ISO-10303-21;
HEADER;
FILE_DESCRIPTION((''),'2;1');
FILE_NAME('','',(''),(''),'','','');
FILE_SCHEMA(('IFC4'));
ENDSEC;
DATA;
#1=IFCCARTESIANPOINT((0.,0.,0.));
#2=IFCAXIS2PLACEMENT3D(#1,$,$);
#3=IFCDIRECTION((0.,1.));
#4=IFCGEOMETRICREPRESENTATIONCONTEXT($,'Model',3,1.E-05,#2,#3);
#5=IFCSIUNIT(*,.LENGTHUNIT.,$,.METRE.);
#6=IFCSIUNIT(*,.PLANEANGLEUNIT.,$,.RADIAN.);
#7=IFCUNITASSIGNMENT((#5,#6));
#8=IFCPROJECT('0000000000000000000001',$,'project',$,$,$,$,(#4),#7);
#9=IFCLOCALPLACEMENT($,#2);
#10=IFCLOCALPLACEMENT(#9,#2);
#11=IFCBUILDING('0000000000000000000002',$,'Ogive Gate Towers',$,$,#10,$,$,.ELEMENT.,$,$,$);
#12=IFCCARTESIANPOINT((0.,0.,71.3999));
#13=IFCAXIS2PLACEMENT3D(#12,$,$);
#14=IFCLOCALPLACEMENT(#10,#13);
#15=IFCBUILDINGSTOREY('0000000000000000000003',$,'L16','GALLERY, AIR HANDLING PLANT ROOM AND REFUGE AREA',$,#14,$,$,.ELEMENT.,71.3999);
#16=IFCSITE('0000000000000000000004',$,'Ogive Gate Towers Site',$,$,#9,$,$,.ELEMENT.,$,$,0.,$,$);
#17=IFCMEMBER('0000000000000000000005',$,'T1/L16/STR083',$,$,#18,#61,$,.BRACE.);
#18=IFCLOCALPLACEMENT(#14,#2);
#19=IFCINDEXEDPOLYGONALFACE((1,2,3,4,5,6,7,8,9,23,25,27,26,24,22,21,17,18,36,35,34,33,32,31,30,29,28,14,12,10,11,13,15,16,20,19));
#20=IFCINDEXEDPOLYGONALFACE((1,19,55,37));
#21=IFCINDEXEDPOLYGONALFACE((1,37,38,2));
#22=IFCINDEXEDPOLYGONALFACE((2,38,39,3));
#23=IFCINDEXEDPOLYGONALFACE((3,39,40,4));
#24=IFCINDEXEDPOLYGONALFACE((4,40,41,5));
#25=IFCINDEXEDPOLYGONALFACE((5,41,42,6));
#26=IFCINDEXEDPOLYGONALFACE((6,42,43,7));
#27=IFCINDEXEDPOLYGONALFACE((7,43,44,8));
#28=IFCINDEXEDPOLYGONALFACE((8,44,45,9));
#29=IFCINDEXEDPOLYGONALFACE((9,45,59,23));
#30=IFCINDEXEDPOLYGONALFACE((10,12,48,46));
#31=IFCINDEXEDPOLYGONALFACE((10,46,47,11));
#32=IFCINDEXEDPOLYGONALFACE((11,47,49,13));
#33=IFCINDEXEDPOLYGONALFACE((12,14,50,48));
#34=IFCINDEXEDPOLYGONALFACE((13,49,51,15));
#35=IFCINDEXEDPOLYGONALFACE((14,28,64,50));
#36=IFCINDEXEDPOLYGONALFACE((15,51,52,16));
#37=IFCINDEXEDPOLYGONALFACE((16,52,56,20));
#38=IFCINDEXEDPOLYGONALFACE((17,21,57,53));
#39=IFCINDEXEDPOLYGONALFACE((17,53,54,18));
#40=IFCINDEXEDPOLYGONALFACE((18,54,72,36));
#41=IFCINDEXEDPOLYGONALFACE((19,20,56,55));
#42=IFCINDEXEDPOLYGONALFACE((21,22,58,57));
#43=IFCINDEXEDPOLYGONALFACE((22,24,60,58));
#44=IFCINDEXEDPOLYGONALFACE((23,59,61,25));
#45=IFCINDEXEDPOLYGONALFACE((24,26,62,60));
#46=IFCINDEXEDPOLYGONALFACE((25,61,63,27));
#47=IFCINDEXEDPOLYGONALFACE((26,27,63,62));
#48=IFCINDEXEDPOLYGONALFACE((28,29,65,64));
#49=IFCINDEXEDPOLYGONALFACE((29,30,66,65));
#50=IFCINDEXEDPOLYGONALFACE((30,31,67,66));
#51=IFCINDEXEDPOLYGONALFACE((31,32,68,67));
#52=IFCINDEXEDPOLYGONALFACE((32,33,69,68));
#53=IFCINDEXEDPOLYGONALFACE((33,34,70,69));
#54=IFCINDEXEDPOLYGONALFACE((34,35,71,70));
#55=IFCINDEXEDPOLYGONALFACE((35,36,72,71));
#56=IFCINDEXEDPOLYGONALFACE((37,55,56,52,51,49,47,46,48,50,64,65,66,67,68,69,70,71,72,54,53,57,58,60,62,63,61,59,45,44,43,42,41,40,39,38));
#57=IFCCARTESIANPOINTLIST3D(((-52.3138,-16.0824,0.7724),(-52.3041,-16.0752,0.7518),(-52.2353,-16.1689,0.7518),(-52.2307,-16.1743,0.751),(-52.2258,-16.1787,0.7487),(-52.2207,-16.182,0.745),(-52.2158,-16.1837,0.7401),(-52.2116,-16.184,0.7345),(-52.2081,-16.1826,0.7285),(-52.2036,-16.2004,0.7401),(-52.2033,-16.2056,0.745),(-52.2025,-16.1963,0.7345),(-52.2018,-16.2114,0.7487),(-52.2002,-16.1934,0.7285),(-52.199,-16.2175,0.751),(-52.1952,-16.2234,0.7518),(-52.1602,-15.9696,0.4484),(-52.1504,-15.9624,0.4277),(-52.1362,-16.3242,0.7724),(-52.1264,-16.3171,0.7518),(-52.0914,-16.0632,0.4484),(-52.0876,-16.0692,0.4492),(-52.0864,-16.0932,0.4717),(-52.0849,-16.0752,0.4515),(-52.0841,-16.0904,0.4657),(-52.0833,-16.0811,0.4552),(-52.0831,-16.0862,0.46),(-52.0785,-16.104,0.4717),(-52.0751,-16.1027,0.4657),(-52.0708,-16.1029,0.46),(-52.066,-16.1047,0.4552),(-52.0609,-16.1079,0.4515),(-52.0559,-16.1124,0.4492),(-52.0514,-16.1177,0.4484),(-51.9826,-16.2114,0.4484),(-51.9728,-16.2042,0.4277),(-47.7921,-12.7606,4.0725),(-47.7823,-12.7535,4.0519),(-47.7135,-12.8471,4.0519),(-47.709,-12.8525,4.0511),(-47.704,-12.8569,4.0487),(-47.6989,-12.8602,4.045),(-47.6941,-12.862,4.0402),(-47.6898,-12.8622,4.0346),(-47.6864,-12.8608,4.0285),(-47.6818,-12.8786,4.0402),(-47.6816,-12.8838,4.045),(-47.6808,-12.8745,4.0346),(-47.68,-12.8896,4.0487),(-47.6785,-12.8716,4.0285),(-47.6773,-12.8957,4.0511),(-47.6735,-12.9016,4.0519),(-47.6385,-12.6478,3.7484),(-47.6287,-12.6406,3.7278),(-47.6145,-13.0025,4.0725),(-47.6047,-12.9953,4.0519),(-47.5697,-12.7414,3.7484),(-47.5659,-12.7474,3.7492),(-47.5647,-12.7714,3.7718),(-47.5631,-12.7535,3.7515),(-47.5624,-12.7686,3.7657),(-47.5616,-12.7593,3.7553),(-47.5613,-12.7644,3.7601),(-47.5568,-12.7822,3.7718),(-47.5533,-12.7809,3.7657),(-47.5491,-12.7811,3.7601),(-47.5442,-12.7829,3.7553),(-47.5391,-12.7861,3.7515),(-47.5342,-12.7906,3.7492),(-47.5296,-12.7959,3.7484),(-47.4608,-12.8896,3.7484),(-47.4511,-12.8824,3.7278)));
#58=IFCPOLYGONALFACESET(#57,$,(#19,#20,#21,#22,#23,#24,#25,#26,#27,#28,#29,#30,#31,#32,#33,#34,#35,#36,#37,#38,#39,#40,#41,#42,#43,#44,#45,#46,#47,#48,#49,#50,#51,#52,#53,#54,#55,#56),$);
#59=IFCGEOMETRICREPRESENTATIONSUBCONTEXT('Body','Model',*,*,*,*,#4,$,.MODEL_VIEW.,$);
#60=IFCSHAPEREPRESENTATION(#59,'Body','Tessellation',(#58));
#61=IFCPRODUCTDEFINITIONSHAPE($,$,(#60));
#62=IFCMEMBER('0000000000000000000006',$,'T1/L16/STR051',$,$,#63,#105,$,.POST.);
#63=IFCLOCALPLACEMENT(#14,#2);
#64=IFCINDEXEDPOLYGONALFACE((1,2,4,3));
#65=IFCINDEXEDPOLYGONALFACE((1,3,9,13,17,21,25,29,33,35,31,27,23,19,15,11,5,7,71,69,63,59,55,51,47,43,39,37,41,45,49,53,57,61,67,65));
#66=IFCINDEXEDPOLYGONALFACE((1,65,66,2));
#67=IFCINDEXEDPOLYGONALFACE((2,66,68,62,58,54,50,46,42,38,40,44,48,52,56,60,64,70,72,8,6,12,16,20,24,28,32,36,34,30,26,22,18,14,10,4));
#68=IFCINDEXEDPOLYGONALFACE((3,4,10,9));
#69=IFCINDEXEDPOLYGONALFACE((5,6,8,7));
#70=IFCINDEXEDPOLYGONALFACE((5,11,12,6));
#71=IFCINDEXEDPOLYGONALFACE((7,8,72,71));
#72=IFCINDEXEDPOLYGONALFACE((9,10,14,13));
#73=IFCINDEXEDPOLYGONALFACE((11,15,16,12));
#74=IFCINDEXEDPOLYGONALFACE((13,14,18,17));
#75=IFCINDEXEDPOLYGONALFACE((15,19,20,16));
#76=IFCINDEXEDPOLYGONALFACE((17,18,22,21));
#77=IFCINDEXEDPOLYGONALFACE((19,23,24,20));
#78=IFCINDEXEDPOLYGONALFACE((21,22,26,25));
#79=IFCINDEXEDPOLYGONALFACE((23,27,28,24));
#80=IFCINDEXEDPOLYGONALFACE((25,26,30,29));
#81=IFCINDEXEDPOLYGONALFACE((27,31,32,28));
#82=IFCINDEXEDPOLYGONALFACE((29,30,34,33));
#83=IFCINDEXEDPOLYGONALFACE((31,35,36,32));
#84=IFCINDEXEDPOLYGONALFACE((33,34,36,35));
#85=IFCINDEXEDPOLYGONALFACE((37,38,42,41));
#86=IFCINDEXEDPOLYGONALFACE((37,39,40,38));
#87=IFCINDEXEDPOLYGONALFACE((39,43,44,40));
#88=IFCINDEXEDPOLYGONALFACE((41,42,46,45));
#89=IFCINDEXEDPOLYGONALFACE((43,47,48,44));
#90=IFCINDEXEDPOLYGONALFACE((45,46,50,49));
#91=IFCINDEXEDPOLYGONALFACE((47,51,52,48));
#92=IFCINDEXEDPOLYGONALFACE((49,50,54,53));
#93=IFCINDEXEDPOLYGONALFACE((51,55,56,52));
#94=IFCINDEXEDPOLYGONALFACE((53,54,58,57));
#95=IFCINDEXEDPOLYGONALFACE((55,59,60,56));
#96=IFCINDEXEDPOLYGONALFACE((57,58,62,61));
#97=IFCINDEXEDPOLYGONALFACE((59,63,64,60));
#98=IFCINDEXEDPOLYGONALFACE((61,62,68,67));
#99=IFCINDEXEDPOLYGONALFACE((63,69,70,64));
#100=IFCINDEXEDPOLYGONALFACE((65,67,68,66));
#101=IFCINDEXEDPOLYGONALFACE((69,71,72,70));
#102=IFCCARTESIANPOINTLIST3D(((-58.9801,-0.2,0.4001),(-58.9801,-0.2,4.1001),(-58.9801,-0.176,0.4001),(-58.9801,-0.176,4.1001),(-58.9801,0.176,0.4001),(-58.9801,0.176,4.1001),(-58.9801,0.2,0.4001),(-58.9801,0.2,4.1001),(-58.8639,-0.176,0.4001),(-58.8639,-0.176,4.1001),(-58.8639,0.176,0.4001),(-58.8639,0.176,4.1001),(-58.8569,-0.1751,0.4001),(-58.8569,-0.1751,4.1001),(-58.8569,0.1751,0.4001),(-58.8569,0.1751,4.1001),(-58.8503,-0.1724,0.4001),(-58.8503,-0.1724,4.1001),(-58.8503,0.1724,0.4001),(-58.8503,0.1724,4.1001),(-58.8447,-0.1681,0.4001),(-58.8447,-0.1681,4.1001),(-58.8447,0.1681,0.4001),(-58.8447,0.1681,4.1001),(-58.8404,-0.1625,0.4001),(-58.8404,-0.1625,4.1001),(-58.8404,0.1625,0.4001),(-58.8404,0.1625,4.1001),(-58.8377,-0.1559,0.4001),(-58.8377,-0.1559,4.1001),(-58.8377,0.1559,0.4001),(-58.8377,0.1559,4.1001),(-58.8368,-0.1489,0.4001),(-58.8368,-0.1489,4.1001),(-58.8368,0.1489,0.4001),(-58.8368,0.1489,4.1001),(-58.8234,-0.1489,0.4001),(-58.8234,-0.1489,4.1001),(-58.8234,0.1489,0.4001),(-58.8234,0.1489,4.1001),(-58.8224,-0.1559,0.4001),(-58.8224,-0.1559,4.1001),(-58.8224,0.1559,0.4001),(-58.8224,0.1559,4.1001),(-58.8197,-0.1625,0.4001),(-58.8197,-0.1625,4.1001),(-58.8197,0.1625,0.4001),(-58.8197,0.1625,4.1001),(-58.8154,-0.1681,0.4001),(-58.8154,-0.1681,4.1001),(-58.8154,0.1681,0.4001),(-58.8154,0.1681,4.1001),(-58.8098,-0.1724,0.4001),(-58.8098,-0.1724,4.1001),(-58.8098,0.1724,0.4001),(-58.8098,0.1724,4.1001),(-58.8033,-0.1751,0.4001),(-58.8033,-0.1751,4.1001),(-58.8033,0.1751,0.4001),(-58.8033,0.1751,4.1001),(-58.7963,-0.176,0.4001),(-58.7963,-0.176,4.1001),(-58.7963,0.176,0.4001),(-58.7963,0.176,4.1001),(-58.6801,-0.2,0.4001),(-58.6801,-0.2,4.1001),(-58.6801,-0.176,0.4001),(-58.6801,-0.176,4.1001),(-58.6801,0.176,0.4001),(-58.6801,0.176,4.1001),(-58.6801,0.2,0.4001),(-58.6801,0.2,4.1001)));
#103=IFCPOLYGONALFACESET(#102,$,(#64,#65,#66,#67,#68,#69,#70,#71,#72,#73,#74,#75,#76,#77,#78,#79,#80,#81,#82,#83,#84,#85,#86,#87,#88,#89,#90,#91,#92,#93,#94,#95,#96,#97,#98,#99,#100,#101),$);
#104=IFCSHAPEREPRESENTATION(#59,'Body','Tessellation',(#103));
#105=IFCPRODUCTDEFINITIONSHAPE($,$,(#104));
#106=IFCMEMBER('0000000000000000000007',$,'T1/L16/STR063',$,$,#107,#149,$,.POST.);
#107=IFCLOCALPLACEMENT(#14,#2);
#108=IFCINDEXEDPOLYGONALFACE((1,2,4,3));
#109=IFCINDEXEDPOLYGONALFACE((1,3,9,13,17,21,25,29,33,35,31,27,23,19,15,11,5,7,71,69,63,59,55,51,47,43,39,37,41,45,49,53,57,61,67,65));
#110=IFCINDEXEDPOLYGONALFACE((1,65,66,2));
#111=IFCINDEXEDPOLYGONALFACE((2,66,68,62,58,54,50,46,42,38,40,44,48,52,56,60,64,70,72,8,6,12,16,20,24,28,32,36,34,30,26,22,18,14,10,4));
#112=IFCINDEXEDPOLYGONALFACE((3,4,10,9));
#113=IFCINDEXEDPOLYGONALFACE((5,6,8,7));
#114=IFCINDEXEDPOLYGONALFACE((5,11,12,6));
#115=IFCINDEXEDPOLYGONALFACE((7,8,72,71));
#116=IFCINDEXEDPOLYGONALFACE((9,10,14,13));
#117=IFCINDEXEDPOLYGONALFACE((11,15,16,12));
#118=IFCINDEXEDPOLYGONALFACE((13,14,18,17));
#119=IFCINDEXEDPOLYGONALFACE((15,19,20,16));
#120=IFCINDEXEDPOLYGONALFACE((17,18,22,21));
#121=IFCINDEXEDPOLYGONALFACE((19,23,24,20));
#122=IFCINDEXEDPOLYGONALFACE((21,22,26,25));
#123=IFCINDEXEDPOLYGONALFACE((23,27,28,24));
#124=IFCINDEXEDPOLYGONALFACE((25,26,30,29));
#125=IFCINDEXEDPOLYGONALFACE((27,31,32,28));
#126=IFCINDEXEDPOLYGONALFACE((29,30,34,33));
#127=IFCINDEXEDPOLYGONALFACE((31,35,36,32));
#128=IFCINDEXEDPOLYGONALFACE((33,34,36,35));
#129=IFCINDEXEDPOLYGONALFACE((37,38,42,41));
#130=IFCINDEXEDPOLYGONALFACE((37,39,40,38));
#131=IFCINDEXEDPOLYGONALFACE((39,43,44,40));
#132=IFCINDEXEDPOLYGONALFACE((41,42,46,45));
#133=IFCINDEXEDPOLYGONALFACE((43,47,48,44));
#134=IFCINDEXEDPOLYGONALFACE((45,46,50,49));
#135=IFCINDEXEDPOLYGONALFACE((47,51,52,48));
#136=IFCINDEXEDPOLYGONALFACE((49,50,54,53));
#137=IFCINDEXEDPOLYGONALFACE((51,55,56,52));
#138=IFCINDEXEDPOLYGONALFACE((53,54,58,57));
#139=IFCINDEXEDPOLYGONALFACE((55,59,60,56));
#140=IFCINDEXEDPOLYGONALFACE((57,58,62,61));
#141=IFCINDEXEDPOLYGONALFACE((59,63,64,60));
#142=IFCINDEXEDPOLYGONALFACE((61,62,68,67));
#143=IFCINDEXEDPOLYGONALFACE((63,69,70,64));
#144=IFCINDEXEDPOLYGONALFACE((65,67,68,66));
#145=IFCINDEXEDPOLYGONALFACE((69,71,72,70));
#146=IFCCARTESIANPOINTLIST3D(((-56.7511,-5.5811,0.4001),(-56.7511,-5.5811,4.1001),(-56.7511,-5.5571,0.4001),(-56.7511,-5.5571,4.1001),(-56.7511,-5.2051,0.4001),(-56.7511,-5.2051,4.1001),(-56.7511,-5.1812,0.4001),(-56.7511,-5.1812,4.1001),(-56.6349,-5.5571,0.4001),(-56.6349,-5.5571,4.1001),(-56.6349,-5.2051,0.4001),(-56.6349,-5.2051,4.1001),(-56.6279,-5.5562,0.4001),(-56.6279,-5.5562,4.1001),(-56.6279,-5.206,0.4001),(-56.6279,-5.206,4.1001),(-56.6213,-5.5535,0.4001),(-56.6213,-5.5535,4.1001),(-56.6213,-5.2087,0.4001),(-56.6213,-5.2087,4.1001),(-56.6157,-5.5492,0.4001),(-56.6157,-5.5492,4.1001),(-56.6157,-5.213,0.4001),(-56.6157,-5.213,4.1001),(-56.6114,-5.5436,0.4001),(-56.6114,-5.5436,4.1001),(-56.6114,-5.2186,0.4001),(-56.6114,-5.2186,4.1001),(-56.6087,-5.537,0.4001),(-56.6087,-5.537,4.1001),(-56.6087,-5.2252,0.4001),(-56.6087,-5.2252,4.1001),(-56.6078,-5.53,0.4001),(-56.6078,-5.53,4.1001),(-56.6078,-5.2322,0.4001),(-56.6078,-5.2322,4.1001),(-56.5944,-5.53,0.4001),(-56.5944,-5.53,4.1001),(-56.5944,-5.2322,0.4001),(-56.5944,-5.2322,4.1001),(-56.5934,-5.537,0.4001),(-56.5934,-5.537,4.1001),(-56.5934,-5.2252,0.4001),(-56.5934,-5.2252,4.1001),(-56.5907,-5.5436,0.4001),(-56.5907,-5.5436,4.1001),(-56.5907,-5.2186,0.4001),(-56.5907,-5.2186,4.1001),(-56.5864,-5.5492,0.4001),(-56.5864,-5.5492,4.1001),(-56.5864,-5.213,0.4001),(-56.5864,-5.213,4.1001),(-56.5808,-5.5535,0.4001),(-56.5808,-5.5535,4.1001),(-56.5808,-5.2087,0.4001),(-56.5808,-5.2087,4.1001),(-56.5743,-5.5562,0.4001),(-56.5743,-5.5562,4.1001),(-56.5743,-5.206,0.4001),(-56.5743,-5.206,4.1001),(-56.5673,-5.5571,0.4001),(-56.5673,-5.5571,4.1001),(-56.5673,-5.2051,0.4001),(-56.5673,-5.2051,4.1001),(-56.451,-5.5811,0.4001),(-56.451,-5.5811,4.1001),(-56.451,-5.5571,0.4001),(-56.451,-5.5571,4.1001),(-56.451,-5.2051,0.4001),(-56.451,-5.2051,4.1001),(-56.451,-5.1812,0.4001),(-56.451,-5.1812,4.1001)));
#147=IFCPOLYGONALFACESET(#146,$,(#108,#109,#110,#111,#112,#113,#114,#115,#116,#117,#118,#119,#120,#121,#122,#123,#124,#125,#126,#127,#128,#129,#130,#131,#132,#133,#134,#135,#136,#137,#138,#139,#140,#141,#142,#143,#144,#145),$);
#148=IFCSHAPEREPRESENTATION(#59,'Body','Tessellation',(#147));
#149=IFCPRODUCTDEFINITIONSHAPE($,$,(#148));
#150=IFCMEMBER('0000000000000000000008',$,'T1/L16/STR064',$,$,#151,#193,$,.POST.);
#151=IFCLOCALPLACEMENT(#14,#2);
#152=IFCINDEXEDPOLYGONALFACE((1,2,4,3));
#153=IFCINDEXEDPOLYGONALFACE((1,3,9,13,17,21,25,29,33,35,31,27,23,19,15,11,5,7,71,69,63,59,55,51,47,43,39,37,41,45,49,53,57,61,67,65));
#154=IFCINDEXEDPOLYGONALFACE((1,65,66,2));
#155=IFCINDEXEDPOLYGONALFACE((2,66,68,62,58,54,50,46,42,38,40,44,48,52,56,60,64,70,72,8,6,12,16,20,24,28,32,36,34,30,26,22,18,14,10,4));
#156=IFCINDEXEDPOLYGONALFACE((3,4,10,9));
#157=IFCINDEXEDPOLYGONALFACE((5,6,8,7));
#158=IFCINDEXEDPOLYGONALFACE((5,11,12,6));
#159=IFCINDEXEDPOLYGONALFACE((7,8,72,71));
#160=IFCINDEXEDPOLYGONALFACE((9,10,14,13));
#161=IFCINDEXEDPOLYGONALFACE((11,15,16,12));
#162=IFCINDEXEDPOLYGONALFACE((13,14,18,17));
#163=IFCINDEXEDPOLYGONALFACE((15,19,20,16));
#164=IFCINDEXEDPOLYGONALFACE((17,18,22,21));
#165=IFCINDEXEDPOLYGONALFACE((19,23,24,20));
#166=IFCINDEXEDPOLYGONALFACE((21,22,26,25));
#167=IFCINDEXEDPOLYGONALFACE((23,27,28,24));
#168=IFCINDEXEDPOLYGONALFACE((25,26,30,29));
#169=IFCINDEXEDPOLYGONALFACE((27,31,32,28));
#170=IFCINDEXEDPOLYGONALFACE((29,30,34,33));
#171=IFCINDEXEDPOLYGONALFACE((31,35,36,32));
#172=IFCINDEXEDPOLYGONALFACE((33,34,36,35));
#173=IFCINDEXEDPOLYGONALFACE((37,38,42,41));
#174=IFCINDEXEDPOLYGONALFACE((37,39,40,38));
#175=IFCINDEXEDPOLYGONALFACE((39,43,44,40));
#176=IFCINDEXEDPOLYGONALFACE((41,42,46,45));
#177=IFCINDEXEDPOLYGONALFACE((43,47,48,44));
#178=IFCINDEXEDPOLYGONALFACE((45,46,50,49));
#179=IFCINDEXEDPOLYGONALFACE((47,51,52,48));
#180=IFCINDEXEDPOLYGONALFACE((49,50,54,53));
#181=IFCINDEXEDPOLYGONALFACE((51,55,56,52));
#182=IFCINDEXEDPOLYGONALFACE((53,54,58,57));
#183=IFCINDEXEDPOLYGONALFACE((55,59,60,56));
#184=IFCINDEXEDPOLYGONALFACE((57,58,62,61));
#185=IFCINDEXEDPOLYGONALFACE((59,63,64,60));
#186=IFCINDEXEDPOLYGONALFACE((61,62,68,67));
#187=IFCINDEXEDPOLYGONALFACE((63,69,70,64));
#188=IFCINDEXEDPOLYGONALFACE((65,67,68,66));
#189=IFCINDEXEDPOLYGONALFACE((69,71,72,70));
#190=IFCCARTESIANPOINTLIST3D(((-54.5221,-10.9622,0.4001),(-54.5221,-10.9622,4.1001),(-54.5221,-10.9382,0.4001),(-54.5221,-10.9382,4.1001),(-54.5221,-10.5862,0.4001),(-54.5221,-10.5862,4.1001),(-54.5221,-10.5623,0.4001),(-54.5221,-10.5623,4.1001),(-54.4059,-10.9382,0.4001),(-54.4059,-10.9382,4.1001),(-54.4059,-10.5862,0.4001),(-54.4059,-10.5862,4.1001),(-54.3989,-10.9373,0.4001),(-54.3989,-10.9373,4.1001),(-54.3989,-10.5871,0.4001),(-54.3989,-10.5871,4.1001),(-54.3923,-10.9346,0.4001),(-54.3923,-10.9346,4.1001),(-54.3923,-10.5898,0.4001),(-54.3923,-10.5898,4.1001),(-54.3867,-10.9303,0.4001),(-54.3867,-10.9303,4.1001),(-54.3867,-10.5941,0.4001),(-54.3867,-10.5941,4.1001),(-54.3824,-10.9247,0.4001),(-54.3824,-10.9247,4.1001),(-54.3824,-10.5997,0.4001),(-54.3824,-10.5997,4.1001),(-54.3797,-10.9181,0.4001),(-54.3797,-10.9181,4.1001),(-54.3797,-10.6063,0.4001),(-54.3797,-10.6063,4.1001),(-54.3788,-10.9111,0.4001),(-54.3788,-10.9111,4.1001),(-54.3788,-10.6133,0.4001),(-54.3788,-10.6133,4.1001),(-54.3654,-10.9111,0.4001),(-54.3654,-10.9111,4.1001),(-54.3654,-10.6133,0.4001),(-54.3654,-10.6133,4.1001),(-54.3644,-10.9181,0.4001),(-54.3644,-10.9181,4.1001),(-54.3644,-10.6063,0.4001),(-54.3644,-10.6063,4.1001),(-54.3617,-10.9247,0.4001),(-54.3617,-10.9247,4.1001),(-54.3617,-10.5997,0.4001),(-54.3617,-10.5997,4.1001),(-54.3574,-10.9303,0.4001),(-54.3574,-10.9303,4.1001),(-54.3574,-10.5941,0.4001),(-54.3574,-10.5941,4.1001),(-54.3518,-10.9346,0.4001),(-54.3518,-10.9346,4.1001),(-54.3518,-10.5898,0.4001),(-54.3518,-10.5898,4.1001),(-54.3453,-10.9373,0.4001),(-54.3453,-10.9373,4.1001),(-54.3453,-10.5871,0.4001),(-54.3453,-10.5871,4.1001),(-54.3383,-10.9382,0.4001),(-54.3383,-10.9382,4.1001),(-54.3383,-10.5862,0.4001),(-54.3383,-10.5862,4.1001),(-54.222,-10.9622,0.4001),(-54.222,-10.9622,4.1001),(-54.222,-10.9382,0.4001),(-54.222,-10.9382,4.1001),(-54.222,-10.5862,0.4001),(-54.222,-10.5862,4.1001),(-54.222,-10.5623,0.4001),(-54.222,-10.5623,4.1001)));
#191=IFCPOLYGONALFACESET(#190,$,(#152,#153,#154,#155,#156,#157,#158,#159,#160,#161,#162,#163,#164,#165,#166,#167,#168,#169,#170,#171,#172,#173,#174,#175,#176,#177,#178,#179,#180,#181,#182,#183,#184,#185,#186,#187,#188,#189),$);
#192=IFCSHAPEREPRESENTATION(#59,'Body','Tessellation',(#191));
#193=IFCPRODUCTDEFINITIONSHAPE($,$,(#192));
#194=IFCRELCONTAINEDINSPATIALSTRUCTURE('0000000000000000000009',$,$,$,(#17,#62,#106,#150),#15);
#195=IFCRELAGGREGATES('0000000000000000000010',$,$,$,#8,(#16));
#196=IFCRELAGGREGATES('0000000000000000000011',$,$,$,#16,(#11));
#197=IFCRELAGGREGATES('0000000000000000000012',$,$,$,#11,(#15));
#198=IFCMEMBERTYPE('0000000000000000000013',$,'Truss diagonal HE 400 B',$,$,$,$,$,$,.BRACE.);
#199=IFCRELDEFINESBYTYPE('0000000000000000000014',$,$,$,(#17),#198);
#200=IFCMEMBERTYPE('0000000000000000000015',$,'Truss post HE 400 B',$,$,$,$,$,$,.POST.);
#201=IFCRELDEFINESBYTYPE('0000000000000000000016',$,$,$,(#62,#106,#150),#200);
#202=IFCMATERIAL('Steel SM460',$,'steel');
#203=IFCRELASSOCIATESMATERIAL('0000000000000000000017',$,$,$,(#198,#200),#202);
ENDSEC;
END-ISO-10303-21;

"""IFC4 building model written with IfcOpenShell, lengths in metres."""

from ifc_helpers import new_model, si_unit, direction, frame, origin, origin_2d, place, context, subcontext, project, spatial, i_section, extrude, material, material_profile, profile_set, type_object, element, save


model = new_model("IFC4")

# Units and contexts
model_context = context("Model", 3, precision=1e-05, world=origin(), true_north=direction((0.0, 1.0)))
body_context = subcontext(model_context, "Body", "Model", "MODEL_VIEW")
ifc_project = project(units=[si_unit("LENGTHUNIT", "METRE"), si_unit("PLANEANGLEUNIT", "RADIAN")], contexts=[model_context])

# Site, building, storey
site_placement = place(None, origin())
site = spatial("IfcSite", under=ifc_project, at=site_placement, Name="Ogive Gate Towers Site", CompositionType="ELEMENT", RefElevation=0.0)
building_placement = place(site_placement, origin())
building = spatial("IfcBuilding", under=site, at=building_placement, Name="Ogive Gate Towers", CompositionType="ELEMENT")
storey_placement = place(building_placement, frame((0.0, 0.0, 71.3999)))
storey = spatial("IfcBuildingStorey", under=building, at=storey_placement, Name="L16", Description="GALLERY, AIR HANDLING PLANT ROOM AND REFUGE AREA", CompositionType="ELEMENT", Elevation=71.3999)

# Shared definitions
ifc_material_1 = material(Name="Steel SM460", Category="steel")

# Members
ifc_material_profile_1 = material_profile(ifc_material_1, i_section(OverallWidth=0.3, OverallDepth=0.3999, WebThickness=0.0134, FlangeThickness=0.0239, FilletRadius=0.0271, at=origin_2d()), Name="HE 400 B")
ifc_profile_set_1 = profile_set([ifc_material_profile_1], Name="Steel SM460")
member_type_1 = type_object("IfcMemberType", Name="Truss diagonal HE 400 B", PredefinedType="BRACE", material=ifc_profile_set_1)
member_1_placement = place(storey_placement, frame((-47.6216, -12.8215, 3.9001), z_axis=(-0.69466, -0.510315, -0.506977), x_axis=(0.592041, -0.805908, 0.0)))
element("IfcMember", 1, at=member_1_placement, inside=storey, type_object=member_type_1, Name="T1/L16/STR083", PredefinedType="BRACE", context=body_context, shape_type="SweptSolid", body=[
    extrude(i_section(OverallWidth=0.3, OverallDepth=0.3999, WebThickness=0.0134, FlangeThickness=0.0239, FilletRadius=0.0271, at=origin_2d()), origin(), (0.0, 0.0, 1.0), 6.5093),
])
ifc_material_profile_2 = material_profile(ifc_material_1, i_section(OverallWidth=0.3, OverallDepth=0.3999, WebThickness=0.0134, FlangeThickness=0.0239, FilletRadius=0.0271, at=origin_2d()), Name="HE 400 B")
ifc_profile_set_2 = profile_set([ifc_material_profile_2], Name="Steel SM460")
member_type_2 = type_object("IfcMemberType", Name="Truss post HE 400 B", PredefinedType="POST", material=ifc_profile_set_2)
for number, where, z_axis, x_axis, name in (
    (2, (-58.8301, 0.0, 0.4001), (0.0, 0.0, 1.0), (1.0, 0.0, 0.0), "T1/L16/STR051"),
    (3, (-56.6011, -5.3811, 0.4001), (0.0, 0.0, 1.0), (1.0, 0.0, 0.0), "T1/L16/STR063"),
    (4, (-54.3721, -10.7622, 0.4001), (0.0, 0.0, 1.0), (1.0, 0.0, 0.0), "T1/L16/STR064"),
):
    element("IfcMember", number, at=place(storey_placement, frame(where, z_axis=z_axis, x_axis=x_axis)), inside=storey, type_object=member_type_2, Name=name, PredefinedType="POST", context=body_context, shape_type="SweptSolid", body=[
        extrude(i_section(OverallWidth=0.3, OverallDepth=0.3999, WebThickness=0.0134, FlangeThickness=0.0239, FilletRadius=0.0271, at=origin_2d()), origin(), (0.0, 0.0, 1.0), 3.7),
    ])

save(model, "model.ifc")
